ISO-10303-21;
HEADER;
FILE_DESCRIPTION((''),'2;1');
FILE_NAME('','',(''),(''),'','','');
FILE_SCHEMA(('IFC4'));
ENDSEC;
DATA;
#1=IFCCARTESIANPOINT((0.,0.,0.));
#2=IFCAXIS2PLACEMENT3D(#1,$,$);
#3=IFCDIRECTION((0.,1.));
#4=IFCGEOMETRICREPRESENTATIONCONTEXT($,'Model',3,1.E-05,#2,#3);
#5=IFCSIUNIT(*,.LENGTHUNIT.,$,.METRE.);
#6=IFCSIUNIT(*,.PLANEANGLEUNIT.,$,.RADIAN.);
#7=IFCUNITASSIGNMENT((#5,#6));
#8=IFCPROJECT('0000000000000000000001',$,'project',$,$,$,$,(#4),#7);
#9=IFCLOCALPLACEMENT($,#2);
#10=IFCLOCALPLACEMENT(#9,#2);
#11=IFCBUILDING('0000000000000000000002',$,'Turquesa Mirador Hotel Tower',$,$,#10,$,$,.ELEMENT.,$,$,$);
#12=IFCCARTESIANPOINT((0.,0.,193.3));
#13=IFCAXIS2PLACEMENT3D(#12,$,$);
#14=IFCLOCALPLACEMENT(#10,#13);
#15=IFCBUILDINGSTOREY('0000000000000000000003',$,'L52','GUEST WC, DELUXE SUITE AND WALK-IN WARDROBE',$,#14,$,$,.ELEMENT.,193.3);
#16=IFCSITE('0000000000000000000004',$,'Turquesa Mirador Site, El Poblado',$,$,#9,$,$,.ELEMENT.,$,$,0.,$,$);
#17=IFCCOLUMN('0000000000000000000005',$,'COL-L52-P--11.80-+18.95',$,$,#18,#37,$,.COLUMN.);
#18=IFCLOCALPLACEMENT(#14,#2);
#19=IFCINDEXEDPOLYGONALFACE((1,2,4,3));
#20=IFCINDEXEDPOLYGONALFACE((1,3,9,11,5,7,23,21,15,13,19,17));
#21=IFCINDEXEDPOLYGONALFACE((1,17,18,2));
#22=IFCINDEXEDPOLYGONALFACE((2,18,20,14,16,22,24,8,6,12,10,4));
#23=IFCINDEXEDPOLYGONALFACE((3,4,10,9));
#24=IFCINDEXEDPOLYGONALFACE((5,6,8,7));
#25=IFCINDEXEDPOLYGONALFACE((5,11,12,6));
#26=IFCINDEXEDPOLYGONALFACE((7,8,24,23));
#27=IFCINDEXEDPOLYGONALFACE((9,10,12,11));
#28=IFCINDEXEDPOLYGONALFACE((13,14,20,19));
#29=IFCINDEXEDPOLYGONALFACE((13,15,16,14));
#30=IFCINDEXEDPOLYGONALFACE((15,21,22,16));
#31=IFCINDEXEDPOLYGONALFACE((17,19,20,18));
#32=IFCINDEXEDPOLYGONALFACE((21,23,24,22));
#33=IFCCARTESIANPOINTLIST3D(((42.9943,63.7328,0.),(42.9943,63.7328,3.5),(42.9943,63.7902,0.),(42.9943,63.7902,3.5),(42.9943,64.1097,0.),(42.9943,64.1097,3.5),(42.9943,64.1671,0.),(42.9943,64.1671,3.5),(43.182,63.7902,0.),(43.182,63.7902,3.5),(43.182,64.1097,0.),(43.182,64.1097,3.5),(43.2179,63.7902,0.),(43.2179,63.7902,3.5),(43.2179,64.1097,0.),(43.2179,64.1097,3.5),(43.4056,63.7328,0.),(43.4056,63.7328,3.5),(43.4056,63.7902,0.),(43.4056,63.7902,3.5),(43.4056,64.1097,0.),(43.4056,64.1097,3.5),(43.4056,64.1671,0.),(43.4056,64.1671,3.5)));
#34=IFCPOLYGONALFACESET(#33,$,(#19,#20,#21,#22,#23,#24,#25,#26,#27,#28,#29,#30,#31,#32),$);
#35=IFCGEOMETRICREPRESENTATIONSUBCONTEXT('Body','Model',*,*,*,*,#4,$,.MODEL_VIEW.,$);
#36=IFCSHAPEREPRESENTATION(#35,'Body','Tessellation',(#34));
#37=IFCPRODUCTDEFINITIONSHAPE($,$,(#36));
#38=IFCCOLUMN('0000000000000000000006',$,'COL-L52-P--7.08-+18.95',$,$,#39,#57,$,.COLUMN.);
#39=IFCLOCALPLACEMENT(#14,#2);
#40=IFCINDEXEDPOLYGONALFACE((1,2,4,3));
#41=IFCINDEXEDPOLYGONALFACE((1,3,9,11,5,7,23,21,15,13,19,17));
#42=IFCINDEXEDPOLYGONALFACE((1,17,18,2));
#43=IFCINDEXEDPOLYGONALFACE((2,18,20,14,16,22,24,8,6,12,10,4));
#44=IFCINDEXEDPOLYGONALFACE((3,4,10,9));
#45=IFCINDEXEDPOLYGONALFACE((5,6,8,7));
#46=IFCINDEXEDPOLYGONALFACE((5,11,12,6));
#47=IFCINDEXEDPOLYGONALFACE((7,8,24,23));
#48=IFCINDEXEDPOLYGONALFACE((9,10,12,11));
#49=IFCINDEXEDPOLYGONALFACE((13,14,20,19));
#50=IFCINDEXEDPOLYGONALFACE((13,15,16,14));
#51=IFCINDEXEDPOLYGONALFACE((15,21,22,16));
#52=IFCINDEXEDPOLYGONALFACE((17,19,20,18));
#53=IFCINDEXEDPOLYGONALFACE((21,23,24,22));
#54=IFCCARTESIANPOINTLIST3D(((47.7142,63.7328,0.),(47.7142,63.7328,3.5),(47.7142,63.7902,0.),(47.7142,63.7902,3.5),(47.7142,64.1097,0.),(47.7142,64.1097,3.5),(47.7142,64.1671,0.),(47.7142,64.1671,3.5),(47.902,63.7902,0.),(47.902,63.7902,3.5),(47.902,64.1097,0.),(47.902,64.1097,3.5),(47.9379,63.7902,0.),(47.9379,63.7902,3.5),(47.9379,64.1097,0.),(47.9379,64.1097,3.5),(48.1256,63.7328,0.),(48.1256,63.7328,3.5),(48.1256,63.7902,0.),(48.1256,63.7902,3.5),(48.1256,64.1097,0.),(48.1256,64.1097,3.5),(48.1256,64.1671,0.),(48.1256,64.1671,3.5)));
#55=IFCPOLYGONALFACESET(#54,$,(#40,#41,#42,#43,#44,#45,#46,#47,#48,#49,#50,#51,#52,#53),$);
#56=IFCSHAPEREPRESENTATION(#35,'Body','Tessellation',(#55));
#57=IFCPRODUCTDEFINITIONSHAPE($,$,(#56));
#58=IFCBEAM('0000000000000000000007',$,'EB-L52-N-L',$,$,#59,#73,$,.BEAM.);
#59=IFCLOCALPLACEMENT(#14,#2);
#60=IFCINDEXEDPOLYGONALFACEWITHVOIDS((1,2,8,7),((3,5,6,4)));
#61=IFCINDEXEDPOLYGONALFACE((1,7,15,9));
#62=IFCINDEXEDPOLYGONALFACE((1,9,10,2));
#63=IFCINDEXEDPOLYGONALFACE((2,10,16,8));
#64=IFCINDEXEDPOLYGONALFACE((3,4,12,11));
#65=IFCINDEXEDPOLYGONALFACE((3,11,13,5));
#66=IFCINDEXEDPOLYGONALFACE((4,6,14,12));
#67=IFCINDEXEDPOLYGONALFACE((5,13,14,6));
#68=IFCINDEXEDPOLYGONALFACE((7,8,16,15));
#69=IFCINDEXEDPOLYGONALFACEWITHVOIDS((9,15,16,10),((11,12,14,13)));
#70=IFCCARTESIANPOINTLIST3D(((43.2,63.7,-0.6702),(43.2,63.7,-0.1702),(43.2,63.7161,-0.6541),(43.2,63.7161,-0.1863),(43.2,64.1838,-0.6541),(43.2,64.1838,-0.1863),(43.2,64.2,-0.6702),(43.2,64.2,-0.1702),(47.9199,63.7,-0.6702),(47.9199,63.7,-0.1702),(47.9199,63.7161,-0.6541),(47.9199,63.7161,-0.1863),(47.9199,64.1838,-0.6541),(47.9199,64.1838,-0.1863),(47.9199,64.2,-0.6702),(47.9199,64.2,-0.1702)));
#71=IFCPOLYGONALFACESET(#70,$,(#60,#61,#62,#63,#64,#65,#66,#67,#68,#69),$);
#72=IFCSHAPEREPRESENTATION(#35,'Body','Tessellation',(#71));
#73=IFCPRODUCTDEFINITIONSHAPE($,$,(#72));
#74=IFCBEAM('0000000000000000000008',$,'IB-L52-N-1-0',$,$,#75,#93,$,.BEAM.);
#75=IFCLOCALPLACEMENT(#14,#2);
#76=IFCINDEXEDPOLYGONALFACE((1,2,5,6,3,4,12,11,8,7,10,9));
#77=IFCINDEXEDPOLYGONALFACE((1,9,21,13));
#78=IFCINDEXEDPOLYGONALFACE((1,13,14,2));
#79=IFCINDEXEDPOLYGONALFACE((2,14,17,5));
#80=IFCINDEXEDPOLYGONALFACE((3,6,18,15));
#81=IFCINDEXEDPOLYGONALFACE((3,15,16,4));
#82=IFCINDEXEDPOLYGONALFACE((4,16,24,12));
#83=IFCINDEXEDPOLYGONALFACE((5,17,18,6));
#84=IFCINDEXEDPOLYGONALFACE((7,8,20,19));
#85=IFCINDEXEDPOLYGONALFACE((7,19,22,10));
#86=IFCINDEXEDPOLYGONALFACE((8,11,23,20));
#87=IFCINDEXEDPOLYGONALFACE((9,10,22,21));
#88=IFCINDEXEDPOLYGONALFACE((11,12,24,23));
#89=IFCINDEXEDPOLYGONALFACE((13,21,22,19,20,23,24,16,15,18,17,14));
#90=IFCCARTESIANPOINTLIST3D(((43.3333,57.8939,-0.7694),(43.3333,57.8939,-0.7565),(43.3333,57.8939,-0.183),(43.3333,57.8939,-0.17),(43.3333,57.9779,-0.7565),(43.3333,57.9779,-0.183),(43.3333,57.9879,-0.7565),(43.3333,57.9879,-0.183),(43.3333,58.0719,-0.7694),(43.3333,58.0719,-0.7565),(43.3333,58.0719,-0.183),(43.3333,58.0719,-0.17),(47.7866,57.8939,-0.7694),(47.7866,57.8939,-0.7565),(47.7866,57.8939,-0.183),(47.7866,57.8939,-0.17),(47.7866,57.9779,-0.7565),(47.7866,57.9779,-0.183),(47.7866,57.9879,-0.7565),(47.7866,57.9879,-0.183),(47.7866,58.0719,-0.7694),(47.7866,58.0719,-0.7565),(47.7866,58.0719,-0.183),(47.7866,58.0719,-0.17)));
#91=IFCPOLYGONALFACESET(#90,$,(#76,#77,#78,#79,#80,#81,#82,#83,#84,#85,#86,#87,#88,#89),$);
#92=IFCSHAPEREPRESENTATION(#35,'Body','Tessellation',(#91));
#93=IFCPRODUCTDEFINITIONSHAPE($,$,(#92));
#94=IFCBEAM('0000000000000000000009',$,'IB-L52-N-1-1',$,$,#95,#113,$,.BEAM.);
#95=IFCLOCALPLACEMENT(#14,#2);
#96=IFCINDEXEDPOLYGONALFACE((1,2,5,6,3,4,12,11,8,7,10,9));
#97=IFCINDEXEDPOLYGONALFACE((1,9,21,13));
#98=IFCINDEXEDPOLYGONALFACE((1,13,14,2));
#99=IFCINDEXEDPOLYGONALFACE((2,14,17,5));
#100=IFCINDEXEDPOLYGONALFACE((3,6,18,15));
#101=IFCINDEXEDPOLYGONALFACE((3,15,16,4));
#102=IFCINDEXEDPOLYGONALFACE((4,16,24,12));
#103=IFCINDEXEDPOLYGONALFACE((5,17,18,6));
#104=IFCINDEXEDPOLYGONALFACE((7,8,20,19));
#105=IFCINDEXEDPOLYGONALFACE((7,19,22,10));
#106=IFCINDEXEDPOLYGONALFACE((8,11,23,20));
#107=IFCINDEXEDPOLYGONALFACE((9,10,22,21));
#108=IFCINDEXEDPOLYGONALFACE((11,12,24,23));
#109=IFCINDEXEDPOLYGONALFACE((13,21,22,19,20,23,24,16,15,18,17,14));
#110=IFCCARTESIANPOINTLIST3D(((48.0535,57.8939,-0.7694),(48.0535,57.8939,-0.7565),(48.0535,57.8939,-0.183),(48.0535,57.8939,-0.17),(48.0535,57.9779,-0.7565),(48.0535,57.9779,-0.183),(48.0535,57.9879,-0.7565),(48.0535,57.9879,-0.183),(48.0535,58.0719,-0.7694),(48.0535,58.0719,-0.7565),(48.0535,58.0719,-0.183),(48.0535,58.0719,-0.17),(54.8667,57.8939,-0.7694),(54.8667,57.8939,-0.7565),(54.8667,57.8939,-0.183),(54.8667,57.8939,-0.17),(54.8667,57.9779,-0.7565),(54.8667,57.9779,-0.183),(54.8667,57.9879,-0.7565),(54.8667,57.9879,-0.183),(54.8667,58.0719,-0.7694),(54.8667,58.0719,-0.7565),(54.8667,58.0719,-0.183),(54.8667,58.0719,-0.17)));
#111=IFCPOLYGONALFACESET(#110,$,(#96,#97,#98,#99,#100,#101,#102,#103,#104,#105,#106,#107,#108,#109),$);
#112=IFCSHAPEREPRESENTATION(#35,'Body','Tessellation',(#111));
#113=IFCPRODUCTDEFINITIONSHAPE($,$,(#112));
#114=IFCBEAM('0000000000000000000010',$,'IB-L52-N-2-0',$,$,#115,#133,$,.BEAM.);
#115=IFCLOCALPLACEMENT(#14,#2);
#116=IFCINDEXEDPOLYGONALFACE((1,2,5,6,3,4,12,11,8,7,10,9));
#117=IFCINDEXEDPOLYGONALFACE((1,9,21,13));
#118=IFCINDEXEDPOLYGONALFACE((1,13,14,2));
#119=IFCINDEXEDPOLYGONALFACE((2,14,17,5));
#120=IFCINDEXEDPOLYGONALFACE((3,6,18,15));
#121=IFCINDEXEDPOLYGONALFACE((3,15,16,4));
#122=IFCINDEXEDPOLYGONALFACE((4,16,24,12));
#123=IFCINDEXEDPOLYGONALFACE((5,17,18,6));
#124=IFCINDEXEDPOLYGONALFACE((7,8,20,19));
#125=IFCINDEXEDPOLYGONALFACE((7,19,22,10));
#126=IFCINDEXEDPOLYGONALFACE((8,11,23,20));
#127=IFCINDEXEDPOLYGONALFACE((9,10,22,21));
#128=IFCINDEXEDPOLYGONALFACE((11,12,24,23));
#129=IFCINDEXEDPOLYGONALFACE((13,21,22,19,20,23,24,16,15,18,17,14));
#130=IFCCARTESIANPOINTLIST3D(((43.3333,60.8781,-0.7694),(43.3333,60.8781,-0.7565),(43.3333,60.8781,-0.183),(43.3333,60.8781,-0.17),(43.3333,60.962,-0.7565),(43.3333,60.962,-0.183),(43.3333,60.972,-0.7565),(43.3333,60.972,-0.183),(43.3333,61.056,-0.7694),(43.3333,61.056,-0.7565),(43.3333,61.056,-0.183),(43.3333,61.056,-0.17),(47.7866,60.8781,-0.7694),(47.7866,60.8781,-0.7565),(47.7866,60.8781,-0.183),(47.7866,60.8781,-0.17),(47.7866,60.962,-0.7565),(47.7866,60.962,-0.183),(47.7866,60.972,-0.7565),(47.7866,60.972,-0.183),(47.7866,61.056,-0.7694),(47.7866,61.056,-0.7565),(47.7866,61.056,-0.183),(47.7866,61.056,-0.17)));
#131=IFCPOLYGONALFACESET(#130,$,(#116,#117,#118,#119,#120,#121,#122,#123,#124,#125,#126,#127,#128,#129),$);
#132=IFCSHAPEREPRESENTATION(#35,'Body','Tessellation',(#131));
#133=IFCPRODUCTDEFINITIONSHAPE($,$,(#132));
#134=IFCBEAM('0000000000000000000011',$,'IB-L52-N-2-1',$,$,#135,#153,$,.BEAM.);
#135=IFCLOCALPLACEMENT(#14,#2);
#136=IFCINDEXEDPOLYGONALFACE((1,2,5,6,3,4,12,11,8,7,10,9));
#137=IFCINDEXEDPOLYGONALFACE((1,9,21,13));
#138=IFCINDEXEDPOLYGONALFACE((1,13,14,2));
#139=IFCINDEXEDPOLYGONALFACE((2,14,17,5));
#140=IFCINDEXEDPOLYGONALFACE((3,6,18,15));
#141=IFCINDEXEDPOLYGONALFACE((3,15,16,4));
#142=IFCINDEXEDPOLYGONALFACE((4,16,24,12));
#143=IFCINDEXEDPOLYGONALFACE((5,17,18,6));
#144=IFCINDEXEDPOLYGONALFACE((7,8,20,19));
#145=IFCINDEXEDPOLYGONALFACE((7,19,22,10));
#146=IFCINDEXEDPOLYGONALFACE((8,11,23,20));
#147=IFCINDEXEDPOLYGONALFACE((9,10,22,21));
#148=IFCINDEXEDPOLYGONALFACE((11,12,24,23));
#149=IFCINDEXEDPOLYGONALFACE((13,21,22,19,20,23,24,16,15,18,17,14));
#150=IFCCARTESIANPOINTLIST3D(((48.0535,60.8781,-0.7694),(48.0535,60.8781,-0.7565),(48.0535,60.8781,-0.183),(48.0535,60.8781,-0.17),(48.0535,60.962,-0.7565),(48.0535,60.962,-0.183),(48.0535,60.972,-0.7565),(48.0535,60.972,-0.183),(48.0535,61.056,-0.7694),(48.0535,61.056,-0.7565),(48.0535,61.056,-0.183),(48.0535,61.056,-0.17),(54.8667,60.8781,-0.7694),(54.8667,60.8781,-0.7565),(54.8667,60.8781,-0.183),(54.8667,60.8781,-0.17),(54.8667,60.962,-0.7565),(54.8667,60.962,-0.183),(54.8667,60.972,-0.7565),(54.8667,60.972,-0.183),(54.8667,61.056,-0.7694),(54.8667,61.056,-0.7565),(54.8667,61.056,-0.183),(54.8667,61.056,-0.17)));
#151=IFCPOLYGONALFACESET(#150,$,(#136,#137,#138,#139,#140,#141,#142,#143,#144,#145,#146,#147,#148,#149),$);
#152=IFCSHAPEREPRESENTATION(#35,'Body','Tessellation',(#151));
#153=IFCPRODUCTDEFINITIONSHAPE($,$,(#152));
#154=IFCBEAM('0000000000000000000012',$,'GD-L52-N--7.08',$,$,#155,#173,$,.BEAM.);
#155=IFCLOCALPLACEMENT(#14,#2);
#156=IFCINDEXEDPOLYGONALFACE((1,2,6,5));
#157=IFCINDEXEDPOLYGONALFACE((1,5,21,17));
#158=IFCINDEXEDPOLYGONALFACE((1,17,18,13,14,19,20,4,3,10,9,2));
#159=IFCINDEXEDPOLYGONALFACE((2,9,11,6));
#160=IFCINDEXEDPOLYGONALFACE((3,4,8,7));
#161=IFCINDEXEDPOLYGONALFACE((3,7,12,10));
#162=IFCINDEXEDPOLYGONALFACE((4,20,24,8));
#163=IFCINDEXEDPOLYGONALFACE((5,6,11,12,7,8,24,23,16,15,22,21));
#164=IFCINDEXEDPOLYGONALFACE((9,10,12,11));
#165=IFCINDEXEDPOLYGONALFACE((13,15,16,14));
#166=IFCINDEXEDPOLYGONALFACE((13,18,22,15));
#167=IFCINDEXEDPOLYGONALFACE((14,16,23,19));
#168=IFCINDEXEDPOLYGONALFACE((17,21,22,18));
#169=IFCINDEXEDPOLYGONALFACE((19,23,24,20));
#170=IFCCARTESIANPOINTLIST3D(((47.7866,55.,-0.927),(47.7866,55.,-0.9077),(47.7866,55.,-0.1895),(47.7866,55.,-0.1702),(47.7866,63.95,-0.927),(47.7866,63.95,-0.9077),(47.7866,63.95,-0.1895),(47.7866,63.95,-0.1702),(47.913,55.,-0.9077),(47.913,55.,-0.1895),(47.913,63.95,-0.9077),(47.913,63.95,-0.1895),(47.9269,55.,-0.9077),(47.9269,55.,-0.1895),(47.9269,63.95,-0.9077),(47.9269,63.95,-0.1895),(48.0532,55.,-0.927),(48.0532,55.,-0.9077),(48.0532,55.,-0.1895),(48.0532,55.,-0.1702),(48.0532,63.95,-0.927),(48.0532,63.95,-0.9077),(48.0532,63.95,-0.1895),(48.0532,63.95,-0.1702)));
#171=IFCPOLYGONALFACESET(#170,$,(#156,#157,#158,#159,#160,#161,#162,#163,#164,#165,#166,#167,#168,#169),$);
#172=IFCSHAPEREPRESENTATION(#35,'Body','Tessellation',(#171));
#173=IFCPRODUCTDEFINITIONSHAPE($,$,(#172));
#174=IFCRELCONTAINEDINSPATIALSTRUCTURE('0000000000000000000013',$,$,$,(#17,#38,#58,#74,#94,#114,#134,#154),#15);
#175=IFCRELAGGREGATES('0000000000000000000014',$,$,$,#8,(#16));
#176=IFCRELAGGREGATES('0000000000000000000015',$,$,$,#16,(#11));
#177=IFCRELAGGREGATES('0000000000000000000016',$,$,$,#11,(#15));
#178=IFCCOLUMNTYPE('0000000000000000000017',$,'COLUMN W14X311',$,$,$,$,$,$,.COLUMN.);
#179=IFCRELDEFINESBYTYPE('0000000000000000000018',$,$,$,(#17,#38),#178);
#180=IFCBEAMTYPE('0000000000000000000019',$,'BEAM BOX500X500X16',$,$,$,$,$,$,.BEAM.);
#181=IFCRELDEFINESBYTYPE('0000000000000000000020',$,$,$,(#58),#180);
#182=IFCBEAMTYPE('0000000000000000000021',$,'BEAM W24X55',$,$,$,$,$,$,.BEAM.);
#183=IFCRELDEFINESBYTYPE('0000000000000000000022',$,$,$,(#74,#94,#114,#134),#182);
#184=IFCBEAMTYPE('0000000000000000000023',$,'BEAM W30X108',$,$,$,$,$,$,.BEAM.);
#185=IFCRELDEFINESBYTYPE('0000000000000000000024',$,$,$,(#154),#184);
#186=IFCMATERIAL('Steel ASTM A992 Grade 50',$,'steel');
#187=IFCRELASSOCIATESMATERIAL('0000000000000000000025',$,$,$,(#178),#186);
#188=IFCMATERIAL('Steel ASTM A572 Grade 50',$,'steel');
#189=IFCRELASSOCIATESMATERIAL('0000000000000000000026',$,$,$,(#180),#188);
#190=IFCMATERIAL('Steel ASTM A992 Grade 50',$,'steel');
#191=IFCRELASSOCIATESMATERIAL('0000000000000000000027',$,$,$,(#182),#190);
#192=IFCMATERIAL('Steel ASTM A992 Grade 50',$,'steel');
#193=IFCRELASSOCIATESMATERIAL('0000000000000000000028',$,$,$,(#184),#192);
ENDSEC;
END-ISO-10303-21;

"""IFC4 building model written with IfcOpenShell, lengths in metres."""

from ifc_helpers import new_model, si_unit, direction, frame, origin, origin_2d, place, context, subcontext, project, spatial, hollow_rectangle, i_section, extrude, material, material_profile, profile_set, type_object, element, save


model = new_model("IFC4")

# Units and contexts
model_context = context("Model", 3, precision=1e-05, world=origin(), true_north=direction((0.0, 1.0)))
body_context = subcontext(model_context, "Body", "Model", "MODEL_VIEW")
ifc_project = project(units=[si_unit("LENGTHUNIT", "METRE"), si_unit("PLANEANGLEUNIT", "RADIAN")], contexts=[model_context])

# Site, building, storey
site_placement = place(None, origin())
site = spatial("IfcSite", under=ifc_project, at=site_placement, Name="Turquesa Mirador Site, El Poblado", CompositionType="ELEMENT", RefElevation=0.0)
building_placement = place(site_placement, origin())
building = spatial("IfcBuilding", under=site, at=building_placement, Name="Turquesa Mirador Hotel Tower", CompositionType="ELEMENT")
storey_placement = place(building_placement, frame((0.0, 0.0, 193.3)))
storey = spatial("IfcBuildingStorey", under=building, at=storey_placement, Name="L52", Description="GUEST WC, DELUXE SUITE AND WALK-IN WARDROBE", CompositionType="ELEMENT", Elevation=193.3)

# Columns
ifc_material_1 = material(Name="Steel ASTM A992 Grade 50", Category="steel")
ifc_material_profile_1 = material_profile(ifc_material_1, i_section(OverallWidth=0.4114, OverallDepth=0.4343, WebThickness=0.0359, FlangeThickness=0.0574, at=origin_2d()), Name="W14X311")
ifc_profile_set_1 = profile_set([ifc_material_profile_1], Name="Steel ASTM A992 Grade 50")
column_type = type_object("IfcColumnType", Name="COLUMN W14X311", PredefinedType="COLUMN", material=ifc_profile_set_1)
for number, where, z_axis, x_axis, name in (
    (1, (43.2, 63.95, 0.0), (0.0, 0.0, 1.0), (1.0, 0.0, 0.0), "COL-L52-P--11.80-+18.95"),
    (2, (47.9199, 63.95, 0.0), (0.0, 0.0, 1.0), (1.0, 0.0, 0.0), "COL-L52-P--7.08-+18.95"),
):
    element("IfcColumn", number, at=place(storey_placement, frame(where, z_axis=z_axis, x_axis=x_axis)), inside=storey, type_object=column_type, Name=name, PredefinedType="COLUMN", context=body_context, shape_type="SweptSolid", body=[
        extrude(i_section(OverallWidth=0.4114, OverallDepth=0.4343, WebThickness=0.0359, FlangeThickness=0.0574, at=origin_2d()), origin(), (0.0, 0.0, 1.0), 3.5),
    ])

# Beams
ifc_material_2 = material(Name="Steel ASTM A572 Grade 50", Category="steel")
ifc_material_profile_2 = material_profile(ifc_material_2, hollow_rectangle(XDim=0.5, YDim=0.5, WallThickness=0.0161, at=origin_2d()), Name="BOX500X500X16")
ifc_profile_set_2 = profile_set([ifc_material_profile_2], Name="Steel ASTM A572 Grade 50")
beam_type_1 = type_object("IfcBeamType", Name="BEAM BOX500X500X16", PredefinedType="BEAM", material=ifc_profile_set_2)
beam_1_placement = place(storey_placement, frame((43.2, 63.95, -0.4202), z_axis=(1.0, 0.0, 0.0), x_axis=(0.0, 1.0, 0.0)))
element("IfcBeam", 3, at=beam_1_placement, inside=storey, type_object=beam_type_1, Name="EB-L52-N-L", PredefinedType="BEAM", context=body_context, shape_type="SweptSolid", body=[
    extrude(hollow_rectangle(XDim=0.5, YDim=0.5, WallThickness=0.0161, at=origin_2d()), origin(), (0.0, 0.0, 1.0), 4.72),
])
ifc_material_3 = material(Name="Steel ASTM A992 Grade 50", Category="steel")
ifc_material_profile_3 = material_profile(ifc_material_3, i_section(OverallWidth=0.178, OverallDepth=0.5994, WebThickness=0.01, FlangeThickness=0.0129, at=origin_2d()), Name="W24X55")
ifc_profile_set_3 = profile_set([ifc_material_profile_3], Name="Steel ASTM A992 Grade 50")
beam_type_2 = type_object("IfcBeamType", Name="BEAM W24X55", PredefinedType="BEAM", material=ifc_profile_set_3)
beam_2_placement = place(storey_placement, frame((43.3333, 57.9829, -0.4697), z_axis=(1.0, 0.0, 0.0), x_axis=(0.0, 1.0, 0.0)))
element("IfcBeam", 4, at=beam_2_placement, inside=storey, type_object=beam_type_2, Name="IB-L52-N-1-0", PredefinedType="BEAM", context=body_context, shape_type="SweptSolid", body=[
    extrude(i_section(OverallWidth=0.178, OverallDepth=0.5994, WebThickness=0.01, FlangeThickness=0.0129, at=origin_2d()), origin(), (0.0, 0.0, 1.0), 4.4534),
])
beam_3_placement = place(storey_placement, frame((48.0535, 57.9829, -0.4697), z_axis=(1.0, 0.0, 0.0), x_axis=(0.0, 1.0, 0.0)))
element("IfcBeam", 5, at=beam_3_placement, inside=storey, type_object=beam_type_2, Name="IB-L52-N-1-1", PredefinedType="BEAM", context=body_context, shape_type="SweptSolid", body=[
    extrude(i_section(OverallWidth=0.178, OverallDepth=0.5994, WebThickness=0.01, FlangeThickness=0.0129, at=origin_2d()), origin(), (0.0, 0.0, 1.0), 6.8132),
])
beam_4_placement = place(storey_placement, frame((43.3333, 60.967, -0.4697), z_axis=(1.0, 0.0, 0.0), x_axis=(0.0, 1.0, 0.0)))
element("IfcBeam", 6, at=beam_4_placement, inside=storey, type_object=beam_type_2, Name="IB-L52-N-2-0", PredefinedType="BEAM", context=body_context, shape_type="SweptSolid", body=[
    extrude(i_section(OverallWidth=0.178, OverallDepth=0.5994, WebThickness=0.01, FlangeThickness=0.0129, at=origin_2d()), origin(), (0.0, 0.0, 1.0), 4.4534),
])
beam_5_placement = place(storey_placement, frame((48.0535, 60.967, -0.4697), z_axis=(1.0, 0.0, 0.0), x_axis=(0.0, 1.0, 0.0)))
element("IfcBeam", 7, at=beam_5_placement, inside=storey, type_object=beam_type_2, Name="IB-L52-N-2-1", PredefinedType="BEAM", context=body_context, shape_type="SweptSolid", body=[
    extrude(i_section(OverallWidth=0.178, OverallDepth=0.5994, WebThickness=0.01, FlangeThickness=0.0129, at=origin_2d()), origin(), (0.0, 0.0, 1.0), 6.8132),
])
ifc_material_4 = material(Name="Steel ASTM A992 Grade 50", Category="steel")
ifc_material_profile_4 = material_profile(ifc_material_4, i_section(OverallWidth=0.2666, OverallDepth=0.7568, WebThickness=0.0139, FlangeThickness=0.0193, at=origin_2d()), Name="W30X108")
ifc_profile_set_4 = profile_set([ifc_material_profile_4], Name="Steel ASTM A992 Grade 50")
beam_type_3 = type_object("IfcBeamType", Name="BEAM W30X108", PredefinedType="BEAM", material=ifc_profile_set_4)
beam_6_placement = place(storey_placement, frame((47.9199, 63.95, -0.5486), z_axis=(0.0, -1.0, 0.0), x_axis=(1.0, 0.0, 0.0)))
element("IfcBeam", 8, at=beam_6_placement, inside=storey, type_object=beam_type_3, Name="GD-L52-N--7.08", PredefinedType="BEAM", context=body_context, shape_type="SweptSolid", body=[
    extrude(i_section(OverallWidth=0.2666, OverallDepth=0.7568, WebThickness=0.0139, FlangeThickness=0.0193, at=origin_2d()), origin(), (0.0, 0.0, 1.0), 8.95),
])

save(model, "model.ifc")
